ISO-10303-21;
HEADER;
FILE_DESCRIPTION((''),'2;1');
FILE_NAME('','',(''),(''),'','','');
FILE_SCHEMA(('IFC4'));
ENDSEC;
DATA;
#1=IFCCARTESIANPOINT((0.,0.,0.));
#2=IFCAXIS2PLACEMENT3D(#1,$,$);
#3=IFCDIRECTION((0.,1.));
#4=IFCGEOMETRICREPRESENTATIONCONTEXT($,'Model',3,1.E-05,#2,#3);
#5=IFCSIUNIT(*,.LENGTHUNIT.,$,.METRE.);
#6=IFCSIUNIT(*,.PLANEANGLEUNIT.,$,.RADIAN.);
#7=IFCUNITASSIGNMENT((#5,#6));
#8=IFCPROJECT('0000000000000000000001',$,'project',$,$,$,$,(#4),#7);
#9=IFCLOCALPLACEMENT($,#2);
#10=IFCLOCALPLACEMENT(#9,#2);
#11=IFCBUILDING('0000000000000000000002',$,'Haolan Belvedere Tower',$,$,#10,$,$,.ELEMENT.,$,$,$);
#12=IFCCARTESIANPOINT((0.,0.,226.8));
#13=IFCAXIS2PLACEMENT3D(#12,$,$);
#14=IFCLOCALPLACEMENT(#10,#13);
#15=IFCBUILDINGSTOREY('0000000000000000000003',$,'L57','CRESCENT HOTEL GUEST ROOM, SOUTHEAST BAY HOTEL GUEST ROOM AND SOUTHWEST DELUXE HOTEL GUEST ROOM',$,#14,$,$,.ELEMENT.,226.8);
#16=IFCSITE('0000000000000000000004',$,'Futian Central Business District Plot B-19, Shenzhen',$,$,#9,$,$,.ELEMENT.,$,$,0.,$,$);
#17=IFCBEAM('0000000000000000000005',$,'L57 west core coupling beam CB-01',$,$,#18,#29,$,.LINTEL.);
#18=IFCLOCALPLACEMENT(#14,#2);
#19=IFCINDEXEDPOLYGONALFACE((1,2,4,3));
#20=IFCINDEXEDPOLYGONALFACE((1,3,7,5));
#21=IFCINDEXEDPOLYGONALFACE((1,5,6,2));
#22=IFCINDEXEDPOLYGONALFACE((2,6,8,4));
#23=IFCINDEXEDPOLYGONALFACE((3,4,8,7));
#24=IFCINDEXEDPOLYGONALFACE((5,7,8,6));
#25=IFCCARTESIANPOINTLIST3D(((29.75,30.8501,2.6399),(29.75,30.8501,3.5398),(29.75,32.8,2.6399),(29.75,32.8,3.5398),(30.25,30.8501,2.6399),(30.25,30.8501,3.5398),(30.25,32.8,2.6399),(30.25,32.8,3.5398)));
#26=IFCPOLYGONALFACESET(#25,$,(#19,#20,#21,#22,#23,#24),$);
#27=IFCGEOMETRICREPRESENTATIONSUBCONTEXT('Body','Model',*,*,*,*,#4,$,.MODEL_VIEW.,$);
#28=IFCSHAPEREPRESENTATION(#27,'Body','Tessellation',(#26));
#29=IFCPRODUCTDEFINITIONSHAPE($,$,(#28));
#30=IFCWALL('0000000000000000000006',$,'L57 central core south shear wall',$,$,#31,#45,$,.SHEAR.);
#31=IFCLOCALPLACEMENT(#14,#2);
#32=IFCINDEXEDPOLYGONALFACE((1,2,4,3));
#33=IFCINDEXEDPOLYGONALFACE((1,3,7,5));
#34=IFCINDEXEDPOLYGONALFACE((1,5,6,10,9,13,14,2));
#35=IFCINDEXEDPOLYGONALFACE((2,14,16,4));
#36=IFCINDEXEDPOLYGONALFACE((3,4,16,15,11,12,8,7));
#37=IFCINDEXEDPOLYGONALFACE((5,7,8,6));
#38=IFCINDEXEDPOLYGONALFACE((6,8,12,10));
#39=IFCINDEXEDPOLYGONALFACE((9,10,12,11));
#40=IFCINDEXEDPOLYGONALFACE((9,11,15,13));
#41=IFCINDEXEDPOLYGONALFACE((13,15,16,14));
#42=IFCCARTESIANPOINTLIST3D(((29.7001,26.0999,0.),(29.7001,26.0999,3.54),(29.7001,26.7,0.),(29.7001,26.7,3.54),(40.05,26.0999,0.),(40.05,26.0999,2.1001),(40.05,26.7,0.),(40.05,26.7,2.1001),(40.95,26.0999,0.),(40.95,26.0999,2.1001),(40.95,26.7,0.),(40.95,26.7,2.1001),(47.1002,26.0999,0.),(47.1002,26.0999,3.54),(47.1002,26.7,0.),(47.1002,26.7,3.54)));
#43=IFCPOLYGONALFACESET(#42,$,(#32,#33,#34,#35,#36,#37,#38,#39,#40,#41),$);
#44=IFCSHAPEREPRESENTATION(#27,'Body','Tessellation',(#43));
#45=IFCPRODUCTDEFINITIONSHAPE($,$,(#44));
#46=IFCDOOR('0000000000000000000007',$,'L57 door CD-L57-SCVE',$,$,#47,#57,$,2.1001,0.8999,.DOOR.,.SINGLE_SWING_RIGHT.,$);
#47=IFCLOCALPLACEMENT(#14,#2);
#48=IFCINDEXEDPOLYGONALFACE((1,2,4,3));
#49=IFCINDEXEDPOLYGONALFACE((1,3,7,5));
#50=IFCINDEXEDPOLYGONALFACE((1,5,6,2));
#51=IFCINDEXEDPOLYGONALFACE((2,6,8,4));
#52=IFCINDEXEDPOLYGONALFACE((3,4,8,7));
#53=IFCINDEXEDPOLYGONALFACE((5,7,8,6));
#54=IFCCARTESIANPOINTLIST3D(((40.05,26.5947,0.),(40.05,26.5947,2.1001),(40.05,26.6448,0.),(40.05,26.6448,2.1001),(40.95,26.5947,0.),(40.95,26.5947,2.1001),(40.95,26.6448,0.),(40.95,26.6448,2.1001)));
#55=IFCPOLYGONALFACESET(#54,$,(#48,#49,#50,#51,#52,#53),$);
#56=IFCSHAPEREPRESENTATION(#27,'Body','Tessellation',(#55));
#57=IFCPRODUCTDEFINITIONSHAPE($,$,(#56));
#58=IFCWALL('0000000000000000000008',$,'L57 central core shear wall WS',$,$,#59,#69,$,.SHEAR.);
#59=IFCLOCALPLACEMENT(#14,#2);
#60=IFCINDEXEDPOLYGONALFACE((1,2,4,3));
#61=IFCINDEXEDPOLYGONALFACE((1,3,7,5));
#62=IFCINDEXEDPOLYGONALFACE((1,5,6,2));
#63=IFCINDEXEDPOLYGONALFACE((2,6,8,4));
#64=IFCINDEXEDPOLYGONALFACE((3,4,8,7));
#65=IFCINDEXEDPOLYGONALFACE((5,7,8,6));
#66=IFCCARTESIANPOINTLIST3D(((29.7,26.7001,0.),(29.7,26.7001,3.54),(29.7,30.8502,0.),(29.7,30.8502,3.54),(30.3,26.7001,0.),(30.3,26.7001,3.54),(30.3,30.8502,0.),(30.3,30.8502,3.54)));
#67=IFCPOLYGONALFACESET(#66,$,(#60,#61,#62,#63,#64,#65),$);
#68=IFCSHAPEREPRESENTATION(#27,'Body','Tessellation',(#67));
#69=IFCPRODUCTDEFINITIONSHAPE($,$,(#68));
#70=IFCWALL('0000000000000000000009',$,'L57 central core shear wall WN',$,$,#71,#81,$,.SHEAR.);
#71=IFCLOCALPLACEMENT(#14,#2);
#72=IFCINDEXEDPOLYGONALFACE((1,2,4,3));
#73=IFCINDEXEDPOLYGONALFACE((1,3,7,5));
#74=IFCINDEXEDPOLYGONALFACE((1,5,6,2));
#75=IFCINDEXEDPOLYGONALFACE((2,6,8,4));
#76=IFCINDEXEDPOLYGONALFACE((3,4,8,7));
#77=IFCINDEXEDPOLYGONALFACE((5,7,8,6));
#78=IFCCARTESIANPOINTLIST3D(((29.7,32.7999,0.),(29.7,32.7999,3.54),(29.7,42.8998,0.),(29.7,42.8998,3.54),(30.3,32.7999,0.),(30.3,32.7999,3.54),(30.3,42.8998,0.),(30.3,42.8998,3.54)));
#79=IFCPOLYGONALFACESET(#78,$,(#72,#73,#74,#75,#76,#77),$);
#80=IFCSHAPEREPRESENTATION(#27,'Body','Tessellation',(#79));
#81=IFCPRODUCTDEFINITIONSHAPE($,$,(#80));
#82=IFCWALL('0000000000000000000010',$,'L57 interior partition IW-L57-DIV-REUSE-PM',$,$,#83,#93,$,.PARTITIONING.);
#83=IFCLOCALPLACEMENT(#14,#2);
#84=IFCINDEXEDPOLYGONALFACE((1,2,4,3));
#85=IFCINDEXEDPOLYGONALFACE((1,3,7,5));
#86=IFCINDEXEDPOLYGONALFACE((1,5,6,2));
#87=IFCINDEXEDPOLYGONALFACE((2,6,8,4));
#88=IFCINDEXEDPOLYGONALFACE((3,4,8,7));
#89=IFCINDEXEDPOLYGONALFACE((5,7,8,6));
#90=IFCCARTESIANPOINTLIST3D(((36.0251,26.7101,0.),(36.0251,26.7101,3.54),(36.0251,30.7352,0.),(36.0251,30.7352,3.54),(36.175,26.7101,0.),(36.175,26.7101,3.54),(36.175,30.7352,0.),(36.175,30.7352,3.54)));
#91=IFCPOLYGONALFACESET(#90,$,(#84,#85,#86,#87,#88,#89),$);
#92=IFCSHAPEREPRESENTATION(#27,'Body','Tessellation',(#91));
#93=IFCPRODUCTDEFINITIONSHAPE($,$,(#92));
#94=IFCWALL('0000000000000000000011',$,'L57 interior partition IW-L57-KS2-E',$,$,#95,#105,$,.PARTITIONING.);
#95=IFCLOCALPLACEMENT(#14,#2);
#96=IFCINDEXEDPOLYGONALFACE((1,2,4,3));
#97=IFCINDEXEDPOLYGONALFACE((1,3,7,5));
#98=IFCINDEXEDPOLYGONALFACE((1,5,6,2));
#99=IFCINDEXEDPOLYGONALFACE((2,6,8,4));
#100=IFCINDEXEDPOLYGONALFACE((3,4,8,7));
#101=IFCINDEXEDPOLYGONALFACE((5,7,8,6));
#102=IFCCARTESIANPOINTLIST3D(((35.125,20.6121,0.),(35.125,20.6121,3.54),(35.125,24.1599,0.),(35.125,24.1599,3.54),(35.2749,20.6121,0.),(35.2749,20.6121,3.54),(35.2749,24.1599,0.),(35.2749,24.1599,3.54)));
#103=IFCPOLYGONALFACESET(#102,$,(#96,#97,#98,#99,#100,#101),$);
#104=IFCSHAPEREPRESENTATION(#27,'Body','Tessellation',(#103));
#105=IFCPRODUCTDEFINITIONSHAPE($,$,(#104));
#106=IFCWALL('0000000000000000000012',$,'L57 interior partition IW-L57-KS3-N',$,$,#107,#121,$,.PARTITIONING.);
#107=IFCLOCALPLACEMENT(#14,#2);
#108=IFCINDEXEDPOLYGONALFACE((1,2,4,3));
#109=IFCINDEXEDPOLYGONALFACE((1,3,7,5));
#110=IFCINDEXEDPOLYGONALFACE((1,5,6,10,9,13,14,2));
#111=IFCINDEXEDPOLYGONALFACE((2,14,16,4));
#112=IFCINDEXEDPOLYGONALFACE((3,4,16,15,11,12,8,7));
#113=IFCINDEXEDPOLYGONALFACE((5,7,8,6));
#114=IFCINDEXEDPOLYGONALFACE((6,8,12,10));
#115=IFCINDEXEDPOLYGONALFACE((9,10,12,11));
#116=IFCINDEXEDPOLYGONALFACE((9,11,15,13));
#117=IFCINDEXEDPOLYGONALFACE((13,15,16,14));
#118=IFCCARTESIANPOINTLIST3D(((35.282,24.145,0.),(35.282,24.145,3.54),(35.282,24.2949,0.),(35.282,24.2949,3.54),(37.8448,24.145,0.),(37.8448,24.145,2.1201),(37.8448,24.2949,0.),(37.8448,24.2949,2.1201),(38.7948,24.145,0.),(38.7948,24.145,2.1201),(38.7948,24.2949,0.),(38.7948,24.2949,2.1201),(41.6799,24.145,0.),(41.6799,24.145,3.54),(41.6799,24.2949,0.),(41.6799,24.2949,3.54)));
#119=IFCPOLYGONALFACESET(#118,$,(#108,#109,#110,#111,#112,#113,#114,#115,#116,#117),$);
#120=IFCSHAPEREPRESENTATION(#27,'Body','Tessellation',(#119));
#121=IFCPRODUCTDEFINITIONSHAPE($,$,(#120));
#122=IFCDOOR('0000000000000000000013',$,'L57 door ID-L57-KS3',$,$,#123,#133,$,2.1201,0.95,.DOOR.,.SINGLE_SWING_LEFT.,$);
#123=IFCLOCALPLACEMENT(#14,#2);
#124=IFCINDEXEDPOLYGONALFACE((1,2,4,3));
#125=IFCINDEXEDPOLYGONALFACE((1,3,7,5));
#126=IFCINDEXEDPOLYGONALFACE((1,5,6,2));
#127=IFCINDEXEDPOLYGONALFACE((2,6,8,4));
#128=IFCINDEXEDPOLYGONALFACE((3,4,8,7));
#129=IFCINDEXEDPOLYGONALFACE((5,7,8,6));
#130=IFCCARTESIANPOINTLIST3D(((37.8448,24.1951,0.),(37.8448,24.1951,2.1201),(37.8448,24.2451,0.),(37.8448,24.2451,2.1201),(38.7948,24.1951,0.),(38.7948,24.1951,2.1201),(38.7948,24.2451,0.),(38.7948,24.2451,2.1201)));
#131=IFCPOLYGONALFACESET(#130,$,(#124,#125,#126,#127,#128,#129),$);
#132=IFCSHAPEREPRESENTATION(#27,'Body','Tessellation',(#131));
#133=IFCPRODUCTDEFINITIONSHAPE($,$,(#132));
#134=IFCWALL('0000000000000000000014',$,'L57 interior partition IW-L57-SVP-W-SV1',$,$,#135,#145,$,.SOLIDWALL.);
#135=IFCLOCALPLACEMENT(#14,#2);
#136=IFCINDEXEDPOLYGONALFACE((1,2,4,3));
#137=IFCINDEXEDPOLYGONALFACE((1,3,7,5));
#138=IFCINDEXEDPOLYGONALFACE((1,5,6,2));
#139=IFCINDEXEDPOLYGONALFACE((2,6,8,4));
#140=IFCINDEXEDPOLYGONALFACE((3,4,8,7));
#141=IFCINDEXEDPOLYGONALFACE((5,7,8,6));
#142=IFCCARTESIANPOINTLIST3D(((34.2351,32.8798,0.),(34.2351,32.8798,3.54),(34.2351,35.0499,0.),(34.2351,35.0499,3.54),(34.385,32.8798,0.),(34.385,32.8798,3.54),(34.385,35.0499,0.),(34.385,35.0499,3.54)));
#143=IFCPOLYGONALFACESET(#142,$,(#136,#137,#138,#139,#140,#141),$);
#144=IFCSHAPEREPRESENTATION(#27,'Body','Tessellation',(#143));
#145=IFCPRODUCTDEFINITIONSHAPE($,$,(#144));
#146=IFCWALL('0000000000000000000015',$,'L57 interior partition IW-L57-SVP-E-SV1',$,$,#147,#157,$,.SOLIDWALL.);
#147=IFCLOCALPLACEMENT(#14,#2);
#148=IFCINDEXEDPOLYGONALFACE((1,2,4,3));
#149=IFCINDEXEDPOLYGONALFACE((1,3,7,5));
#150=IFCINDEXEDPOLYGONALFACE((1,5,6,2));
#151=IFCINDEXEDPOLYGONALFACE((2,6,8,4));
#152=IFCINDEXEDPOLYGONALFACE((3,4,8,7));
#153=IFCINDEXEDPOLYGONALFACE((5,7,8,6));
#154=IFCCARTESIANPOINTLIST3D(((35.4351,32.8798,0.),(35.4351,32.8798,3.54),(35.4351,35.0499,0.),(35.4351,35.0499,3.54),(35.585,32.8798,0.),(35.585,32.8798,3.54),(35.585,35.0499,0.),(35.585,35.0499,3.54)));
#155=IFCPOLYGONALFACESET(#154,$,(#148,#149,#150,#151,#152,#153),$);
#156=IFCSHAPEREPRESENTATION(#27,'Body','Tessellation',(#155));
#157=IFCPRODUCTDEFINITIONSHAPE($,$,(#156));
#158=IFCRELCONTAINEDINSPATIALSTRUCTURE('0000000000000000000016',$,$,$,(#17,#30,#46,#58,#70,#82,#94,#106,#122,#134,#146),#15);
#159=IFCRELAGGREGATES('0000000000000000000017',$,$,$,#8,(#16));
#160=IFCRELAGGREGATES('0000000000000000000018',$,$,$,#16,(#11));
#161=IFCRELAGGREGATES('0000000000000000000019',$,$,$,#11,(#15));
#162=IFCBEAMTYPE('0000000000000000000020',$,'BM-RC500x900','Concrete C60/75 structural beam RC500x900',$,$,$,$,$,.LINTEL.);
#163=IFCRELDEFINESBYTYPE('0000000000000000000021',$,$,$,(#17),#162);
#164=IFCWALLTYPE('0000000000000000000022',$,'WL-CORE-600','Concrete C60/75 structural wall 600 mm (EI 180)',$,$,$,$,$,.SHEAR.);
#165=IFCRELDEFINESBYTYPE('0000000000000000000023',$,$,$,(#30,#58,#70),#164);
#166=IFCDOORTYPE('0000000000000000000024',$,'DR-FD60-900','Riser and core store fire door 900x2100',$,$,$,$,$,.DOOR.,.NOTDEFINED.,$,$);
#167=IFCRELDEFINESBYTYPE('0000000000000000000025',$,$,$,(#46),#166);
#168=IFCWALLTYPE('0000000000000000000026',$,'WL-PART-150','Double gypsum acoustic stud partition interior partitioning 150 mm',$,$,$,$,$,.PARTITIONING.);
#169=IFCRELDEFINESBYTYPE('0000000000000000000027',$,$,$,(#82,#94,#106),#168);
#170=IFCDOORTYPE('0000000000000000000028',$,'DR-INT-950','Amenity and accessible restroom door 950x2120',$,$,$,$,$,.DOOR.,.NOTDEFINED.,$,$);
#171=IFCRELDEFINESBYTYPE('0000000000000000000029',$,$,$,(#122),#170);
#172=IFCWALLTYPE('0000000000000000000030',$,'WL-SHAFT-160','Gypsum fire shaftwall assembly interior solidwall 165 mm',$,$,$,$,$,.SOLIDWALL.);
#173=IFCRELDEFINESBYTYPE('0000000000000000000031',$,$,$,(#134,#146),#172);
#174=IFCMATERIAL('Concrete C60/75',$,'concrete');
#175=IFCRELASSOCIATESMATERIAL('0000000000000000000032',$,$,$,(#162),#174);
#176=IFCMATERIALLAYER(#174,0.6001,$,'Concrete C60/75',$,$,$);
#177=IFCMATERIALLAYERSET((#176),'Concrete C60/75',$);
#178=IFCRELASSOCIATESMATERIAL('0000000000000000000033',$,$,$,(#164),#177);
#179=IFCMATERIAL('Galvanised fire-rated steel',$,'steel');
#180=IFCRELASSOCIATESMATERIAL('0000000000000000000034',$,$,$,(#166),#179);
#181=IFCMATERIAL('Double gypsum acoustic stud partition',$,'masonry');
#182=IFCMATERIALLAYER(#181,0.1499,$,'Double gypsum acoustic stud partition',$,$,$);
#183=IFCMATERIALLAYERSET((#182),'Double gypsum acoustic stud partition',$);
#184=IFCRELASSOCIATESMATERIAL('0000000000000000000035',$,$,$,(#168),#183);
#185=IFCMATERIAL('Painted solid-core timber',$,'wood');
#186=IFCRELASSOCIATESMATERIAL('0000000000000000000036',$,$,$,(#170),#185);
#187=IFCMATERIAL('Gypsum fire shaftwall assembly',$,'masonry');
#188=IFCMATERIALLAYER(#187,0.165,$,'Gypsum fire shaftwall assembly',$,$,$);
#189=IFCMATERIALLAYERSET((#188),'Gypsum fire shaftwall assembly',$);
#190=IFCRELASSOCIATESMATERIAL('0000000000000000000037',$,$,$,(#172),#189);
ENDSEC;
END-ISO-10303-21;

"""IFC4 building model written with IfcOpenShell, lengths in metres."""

from ifc_helpers import new_model, si_unit, direction, frame, frame_2d, origin, origin_2d, place, context, subcontext, project, spatial, rectangle, extrude, material, layer, layer_set, material_profile, profile_set, type_object, element, fill, save


model = new_model("IFC4")

# Units and contexts
model_context = context("Model", 3, precision=1e-05, world=origin(), true_north=direction((0.0, 1.0)))
body_context = subcontext(model_context, "Body", "Model", "MODEL_VIEW")
ifc_project = project(units=[si_unit("LENGTHUNIT", "METRE"), si_unit("PLANEANGLEUNIT", "RADIAN")], contexts=[model_context])

# Site, building, storey
site_placement = place(None, origin())
site = spatial("IfcSite", under=ifc_project, at=site_placement, Name="Futian Central Business District Plot B-19, Shenzhen", CompositionType="ELEMENT", RefElevation=0.0)
building_placement = place(site_placement, origin())
building = spatial("IfcBuilding", under=site, at=building_placement, Name="Haolan Belvedere Tower", CompositionType="ELEMENT")
storey_placement = place(building_placement, frame((0.0, 0.0, 226.8)))
storey = spatial("IfcBuildingStorey", under=building, at=storey_placement, Name="L57", Description="CRESCENT HOTEL GUEST ROOM, SOUTHEAST BAY HOTEL GUEST ROOM AND SOUTHWEST DELUXE HOTEL GUEST ROOM", CompositionType="ELEMENT", Elevation=226.8)

# Beam
ifc_material_1 = material(Name="Concrete C60/75", Category="concrete")
ifc_material_profile_1 = material_profile(ifc_material_1, rectangle(XDim=0.5, YDim=0.8999, at=origin_2d()), Name="Concrete C60/75")
ifc_profile_set_1 = profile_set([ifc_material_profile_1], Name="Concrete C60/75")
beam_type_1 = type_object("IfcBeamType", Name="BM-RC500x900", Description="Concrete C60/75 structural beam RC500x900", PredefinedType="LINTEL", material=ifc_profile_set_1)
beam_1_placement = place(storey_placement, frame((30.0, 30.8501, 3.0898), z_axis=(0.0, 1.0, 0.0), x_axis=(-1.0, 0.0, 0.0)))
element("IfcBeam", 1, at=beam_1_placement, inside=storey, type_object=beam_type_1, Name="L57 west core coupling beam CB-01", PredefinedType="LINTEL", context=body_context, shape_type="SweptSolid", body=[
    extrude(rectangle(XDim=0.5, YDim=0.8999, at=origin_2d()), origin(), (0.0, 0.0, 1.0), 1.95),
])

# Wall, opening, door
ifc_layer_1 = layer(ifc_material_1, 0.6001, Name="Concrete C60/75")
ifc_layer_set_1 = layer_set([ifc_layer_1], Name="Concrete C60/75")
wall_type_1 = type_object("IfcWallType", Name="WL-CORE-600", Description="Concrete C60/75 structural wall 600 mm (EI 180)", PredefinedType="SHEAR", material=ifc_layer_set_1)
wall_1_placement = place(storey_placement, frame((29.7, 26.3999, 0.0), z_axis=(0.0, 0.0, 1.0), x_axis=(1.0, 0.0, 0.0)))
wall_1 = element("IfcWall", 2, at=wall_1_placement, inside=storey, type_object=wall_type_1, Name="L57 central core south shear wall", PredefinedType="SHEAR", context=body_context, shape_type="SweptSolid", body=[
    extrude(rectangle(XDim=17.4001, YDim=0.6001, at=frame_2d((8.7002, 0.0))), origin(), (0.0, 0.0, 1.0), 3.54),
])
opening_1_placement = place(wall_1_placement, frame((11.25, 0.0, 0.0), z_axis=(0.0, 0.0, 1.0), x_axis=(-1.0, 0.0, 0.0)))
opening_1 = element("IfcOpeningElement", 3, at=opening_1_placement, cuts=wall_1, PredefinedType="OPENING", context=body_context, shape_type="SweptSolid", body=[
    extrude(rectangle(XDim=0.8999, YDim=2.1001, at=frame_2d((0.45, 1.05))), frame((0.0, 0.3101, 0.0), z_axis=(0.0, -1.0, 0.0), x_axis=(1.0, 0.0, 0.0)), (0.0, 0.0, 1.0), 0.6201),
])
ifc_material_2 = material(Name="Galvanised fire-rated steel", Category="steel")
door_type_1 = type_object("IfcDoorType", Name="DR-FD60-900", Description="Riser and core store fire door 900x2100", OperationType="NOTDEFINED", PredefinedType="DOOR", material=ifc_material_2)
door_1_placement = place(opening_1_placement, origin())
door_1 = element("IfcDoor", 4, at=door_1_placement, inside=storey, type_object=door_type_1, Name="L57 door CD-L57-SCVE", OperationType="SINGLE_SWING_RIGHT", OverallHeight=2.1001, OverallWidth=0.8999, PredefinedType="DOOR", context=body_context, shape_type="SweptSolid", body=[
    extrude(rectangle(XDim=0.8999, YDim=2.1001, at=frame_2d((0.45, 1.05))), frame((0.0, -0.1948, 0.0), z_axis=(0.0, -1.0, 0.0), x_axis=(1.0, 0.0, 0.0)), (0.0, 0.0, 1.0), 0.05),
])
fill(opening_1, door_1)

# Walls
wall_2_placement = place(storey_placement, frame((30.0, 26.7, 0.0), z_axis=(0.0, 0.0, 1.0), x_axis=(0.0, 1.0, 0.0)))
element("IfcWall", 5, at=wall_2_placement, inside=storey, type_object=wall_type_1, Name="L57 central core shear wall WS", PredefinedType="SHEAR", context=body_context, shape_type="SweptSolid", body=[
    extrude(rectangle(XDim=4.1501, YDim=0.6001, at=frame_2d((2.0752, 0.0))), origin(), (0.0, 0.0, 1.0), 3.54),
])
wall_3_placement = place(storey_placement, frame((30.0, 32.8, 0.0), z_axis=(0.0, 0.0, 1.0), x_axis=(0.0, 1.0, 0.0)))
element("IfcWall", 6, at=wall_3_placement, inside=storey, type_object=wall_type_1, Name="L57 central core shear wall WN", PredefinedType="SHEAR", context=body_context, shape_type="SweptSolid", body=[
    extrude(rectangle(XDim=10.0999, YDim=0.6001, at=frame_2d((5.0498, 0.0))), origin(), (0.0, 0.0, 1.0), 3.54),
])
ifc_material_3 = material(Name="Double gypsum acoustic stud partition", Category="masonry")
ifc_layer_2 = layer(ifc_material_3, 0.1499, Name="Double gypsum acoustic stud partition")
ifc_layer_set_2 = layer_set([ifc_layer_2], Name="Double gypsum acoustic stud partition")
wall_type_2 = type_object("IfcWallType", Name="WL-PART-150", Description="Double gypsum acoustic stud partition interior partitioning 150 mm", PredefinedType="PARTITIONING", material=ifc_layer_set_2)
wall_4_placement = place(storey_placement, frame((36.1001, 26.71, 0.0), z_axis=(0.0, 0.0, 1.0), x_axis=(0.0, 1.0, 0.0)))
element("IfcWall", 7, at=wall_4_placement, inside=storey, type_object=wall_type_2, Name="L57 interior partition IW-L57-DIV-REUSE-PM", PredefinedType="PARTITIONING", context=body_context, shape_type="SweptSolid", body=[
    extrude(rectangle(XDim=4.0251, YDim=0.1499, at=frame_2d((2.0127, 0.0))), origin(), (0.0, 0.0, 1.0), 3.54),
])
wall_5_placement = place(storey_placement, frame((35.2, 20.6121, 0.0), z_axis=(0.0, 0.0, 1.0), x_axis=(0.0, 1.0, 0.0)))
element("IfcWall", 8, at=wall_5_placement, inside=storey, type_object=wall_type_2, Name="L57 interior partition IW-L57-KS2-E", PredefinedType="PARTITIONING", context=body_context, shape_type="SweptSolid", body=[
    extrude(rectangle(XDim=3.5479, YDim=0.1499, at=frame_2d((1.7739, 0.0))), origin(), (0.0, 0.0, 1.0), 3.54),
])

# Wall, opening, door
wall_6_placement = place(storey_placement, frame((35.282, 24.22, 0.0), z_axis=(0.0, 0.0, 1.0), x_axis=(1.0, 0.0, 0.0)))
wall_6 = element("IfcWall", 9, at=wall_6_placement, inside=storey, type_object=wall_type_2, Name="L57 interior partition IW-L57-KS3-N", PredefinedType="PARTITIONING", context=body_context, shape_type="SweptSolid", body=[
    extrude(rectangle(XDim=6.3979, YDim=0.1499, at=frame_2d((3.199, 0.0))), origin(), (0.0, 0.0, 1.0), 3.54),
])
opening_2_placement = place(wall_6_placement, frame((3.5129, 0.0, 0.0), z_axis=(0.0, 0.0, 1.0), x_axis=(-1.0, 0.0, 0.0)))
opening_2 = element("IfcOpeningElement", 10, at=opening_2_placement, cuts=wall_6, PredefinedType="OPENING", context=body_context, shape_type="SweptSolid", body=[
    extrude(rectangle(XDim=0.95, YDim=2.1201, at=frame_2d((0.4751, 1.0601))), frame((0.0, 0.085, 0.0), z_axis=(0.0, -1.0, 0.0), x_axis=(1.0, 0.0, 0.0)), (0.0, 0.0, 1.0), 0.1699),
])
ifc_material_4 = material(Name="Painted solid-core timber", Category="wood")
door_type_2 = type_object("IfcDoorType", Name="DR-INT-950", Description="Amenity and accessible restroom door 950x2120", OperationType="NOTDEFINED", PredefinedType="DOOR", material=ifc_material_4)
door_2_placement = place(opening_2_placement, origin())
door_2 = element("IfcDoor", 11, at=door_2_placement, inside=storey, type_object=door_type_2, Name="L57 door ID-L57-KS3", OperationType="SINGLE_SWING_LEFT", OverallHeight=2.1201, OverallWidth=0.95, PredefinedType="DOOR", context=body_context, shape_type="SweptSolid", body=[
    extrude(rectangle(XDim=0.95, YDim=2.1201, at=frame_2d((0.4751, 1.0601))), frame((0.0, 0.0249, 0.0), z_axis=(0.0, -1.0, 0.0), x_axis=(1.0, 0.0, 0.0)), (0.0, 0.0, 1.0), 0.05),
])
fill(opening_2, door_2)

# Walls
ifc_material_5 = material(Name="Gypsum fire shaftwall assembly", Category="masonry")
ifc_layer_3 = layer(ifc_material_5, 0.165, Name="Gypsum fire shaftwall assembly")
ifc_layer_set_3 = layer_set([ifc_layer_3], Name="Gypsum fire shaftwall assembly")
wall_type_3 = type_object("IfcWallType", Name="WL-SHAFT-160", Description="Gypsum fire shaftwall assembly interior solidwall 165 mm", PredefinedType="SOLIDWALL", material=ifc_layer_set_3)
for number, where, z_axis, x_axis, name in (
    (12, (34.3101, 32.8799, 0.0), (0.0, 0.0, 1.0), (0.0, 1.0, 0.0), "L57 interior partition IW-L57-SVP-W-SV1"),
    (13, (35.51, 32.8799, 0.0), (0.0, 0.0, 1.0), (0.0, 1.0, 0.0), "L57 interior partition IW-L57-SVP-E-SV1"),
):
    element("IfcWall", number, at=place(storey_placement, frame(where, z_axis=z_axis, x_axis=x_axis)), inside=storey, type_object=wall_type_3, Name=name, PredefinedType="SOLIDWALL", context=body_context, shape_type="SweptSolid", body=[
        extrude(rectangle(XDim=2.1702, YDim=0.1499, at=frame_2d((1.085, 0.0))), origin(), (0.0, 0.0, 1.0), 3.54),
    ])

save(model, "model.ifc")
